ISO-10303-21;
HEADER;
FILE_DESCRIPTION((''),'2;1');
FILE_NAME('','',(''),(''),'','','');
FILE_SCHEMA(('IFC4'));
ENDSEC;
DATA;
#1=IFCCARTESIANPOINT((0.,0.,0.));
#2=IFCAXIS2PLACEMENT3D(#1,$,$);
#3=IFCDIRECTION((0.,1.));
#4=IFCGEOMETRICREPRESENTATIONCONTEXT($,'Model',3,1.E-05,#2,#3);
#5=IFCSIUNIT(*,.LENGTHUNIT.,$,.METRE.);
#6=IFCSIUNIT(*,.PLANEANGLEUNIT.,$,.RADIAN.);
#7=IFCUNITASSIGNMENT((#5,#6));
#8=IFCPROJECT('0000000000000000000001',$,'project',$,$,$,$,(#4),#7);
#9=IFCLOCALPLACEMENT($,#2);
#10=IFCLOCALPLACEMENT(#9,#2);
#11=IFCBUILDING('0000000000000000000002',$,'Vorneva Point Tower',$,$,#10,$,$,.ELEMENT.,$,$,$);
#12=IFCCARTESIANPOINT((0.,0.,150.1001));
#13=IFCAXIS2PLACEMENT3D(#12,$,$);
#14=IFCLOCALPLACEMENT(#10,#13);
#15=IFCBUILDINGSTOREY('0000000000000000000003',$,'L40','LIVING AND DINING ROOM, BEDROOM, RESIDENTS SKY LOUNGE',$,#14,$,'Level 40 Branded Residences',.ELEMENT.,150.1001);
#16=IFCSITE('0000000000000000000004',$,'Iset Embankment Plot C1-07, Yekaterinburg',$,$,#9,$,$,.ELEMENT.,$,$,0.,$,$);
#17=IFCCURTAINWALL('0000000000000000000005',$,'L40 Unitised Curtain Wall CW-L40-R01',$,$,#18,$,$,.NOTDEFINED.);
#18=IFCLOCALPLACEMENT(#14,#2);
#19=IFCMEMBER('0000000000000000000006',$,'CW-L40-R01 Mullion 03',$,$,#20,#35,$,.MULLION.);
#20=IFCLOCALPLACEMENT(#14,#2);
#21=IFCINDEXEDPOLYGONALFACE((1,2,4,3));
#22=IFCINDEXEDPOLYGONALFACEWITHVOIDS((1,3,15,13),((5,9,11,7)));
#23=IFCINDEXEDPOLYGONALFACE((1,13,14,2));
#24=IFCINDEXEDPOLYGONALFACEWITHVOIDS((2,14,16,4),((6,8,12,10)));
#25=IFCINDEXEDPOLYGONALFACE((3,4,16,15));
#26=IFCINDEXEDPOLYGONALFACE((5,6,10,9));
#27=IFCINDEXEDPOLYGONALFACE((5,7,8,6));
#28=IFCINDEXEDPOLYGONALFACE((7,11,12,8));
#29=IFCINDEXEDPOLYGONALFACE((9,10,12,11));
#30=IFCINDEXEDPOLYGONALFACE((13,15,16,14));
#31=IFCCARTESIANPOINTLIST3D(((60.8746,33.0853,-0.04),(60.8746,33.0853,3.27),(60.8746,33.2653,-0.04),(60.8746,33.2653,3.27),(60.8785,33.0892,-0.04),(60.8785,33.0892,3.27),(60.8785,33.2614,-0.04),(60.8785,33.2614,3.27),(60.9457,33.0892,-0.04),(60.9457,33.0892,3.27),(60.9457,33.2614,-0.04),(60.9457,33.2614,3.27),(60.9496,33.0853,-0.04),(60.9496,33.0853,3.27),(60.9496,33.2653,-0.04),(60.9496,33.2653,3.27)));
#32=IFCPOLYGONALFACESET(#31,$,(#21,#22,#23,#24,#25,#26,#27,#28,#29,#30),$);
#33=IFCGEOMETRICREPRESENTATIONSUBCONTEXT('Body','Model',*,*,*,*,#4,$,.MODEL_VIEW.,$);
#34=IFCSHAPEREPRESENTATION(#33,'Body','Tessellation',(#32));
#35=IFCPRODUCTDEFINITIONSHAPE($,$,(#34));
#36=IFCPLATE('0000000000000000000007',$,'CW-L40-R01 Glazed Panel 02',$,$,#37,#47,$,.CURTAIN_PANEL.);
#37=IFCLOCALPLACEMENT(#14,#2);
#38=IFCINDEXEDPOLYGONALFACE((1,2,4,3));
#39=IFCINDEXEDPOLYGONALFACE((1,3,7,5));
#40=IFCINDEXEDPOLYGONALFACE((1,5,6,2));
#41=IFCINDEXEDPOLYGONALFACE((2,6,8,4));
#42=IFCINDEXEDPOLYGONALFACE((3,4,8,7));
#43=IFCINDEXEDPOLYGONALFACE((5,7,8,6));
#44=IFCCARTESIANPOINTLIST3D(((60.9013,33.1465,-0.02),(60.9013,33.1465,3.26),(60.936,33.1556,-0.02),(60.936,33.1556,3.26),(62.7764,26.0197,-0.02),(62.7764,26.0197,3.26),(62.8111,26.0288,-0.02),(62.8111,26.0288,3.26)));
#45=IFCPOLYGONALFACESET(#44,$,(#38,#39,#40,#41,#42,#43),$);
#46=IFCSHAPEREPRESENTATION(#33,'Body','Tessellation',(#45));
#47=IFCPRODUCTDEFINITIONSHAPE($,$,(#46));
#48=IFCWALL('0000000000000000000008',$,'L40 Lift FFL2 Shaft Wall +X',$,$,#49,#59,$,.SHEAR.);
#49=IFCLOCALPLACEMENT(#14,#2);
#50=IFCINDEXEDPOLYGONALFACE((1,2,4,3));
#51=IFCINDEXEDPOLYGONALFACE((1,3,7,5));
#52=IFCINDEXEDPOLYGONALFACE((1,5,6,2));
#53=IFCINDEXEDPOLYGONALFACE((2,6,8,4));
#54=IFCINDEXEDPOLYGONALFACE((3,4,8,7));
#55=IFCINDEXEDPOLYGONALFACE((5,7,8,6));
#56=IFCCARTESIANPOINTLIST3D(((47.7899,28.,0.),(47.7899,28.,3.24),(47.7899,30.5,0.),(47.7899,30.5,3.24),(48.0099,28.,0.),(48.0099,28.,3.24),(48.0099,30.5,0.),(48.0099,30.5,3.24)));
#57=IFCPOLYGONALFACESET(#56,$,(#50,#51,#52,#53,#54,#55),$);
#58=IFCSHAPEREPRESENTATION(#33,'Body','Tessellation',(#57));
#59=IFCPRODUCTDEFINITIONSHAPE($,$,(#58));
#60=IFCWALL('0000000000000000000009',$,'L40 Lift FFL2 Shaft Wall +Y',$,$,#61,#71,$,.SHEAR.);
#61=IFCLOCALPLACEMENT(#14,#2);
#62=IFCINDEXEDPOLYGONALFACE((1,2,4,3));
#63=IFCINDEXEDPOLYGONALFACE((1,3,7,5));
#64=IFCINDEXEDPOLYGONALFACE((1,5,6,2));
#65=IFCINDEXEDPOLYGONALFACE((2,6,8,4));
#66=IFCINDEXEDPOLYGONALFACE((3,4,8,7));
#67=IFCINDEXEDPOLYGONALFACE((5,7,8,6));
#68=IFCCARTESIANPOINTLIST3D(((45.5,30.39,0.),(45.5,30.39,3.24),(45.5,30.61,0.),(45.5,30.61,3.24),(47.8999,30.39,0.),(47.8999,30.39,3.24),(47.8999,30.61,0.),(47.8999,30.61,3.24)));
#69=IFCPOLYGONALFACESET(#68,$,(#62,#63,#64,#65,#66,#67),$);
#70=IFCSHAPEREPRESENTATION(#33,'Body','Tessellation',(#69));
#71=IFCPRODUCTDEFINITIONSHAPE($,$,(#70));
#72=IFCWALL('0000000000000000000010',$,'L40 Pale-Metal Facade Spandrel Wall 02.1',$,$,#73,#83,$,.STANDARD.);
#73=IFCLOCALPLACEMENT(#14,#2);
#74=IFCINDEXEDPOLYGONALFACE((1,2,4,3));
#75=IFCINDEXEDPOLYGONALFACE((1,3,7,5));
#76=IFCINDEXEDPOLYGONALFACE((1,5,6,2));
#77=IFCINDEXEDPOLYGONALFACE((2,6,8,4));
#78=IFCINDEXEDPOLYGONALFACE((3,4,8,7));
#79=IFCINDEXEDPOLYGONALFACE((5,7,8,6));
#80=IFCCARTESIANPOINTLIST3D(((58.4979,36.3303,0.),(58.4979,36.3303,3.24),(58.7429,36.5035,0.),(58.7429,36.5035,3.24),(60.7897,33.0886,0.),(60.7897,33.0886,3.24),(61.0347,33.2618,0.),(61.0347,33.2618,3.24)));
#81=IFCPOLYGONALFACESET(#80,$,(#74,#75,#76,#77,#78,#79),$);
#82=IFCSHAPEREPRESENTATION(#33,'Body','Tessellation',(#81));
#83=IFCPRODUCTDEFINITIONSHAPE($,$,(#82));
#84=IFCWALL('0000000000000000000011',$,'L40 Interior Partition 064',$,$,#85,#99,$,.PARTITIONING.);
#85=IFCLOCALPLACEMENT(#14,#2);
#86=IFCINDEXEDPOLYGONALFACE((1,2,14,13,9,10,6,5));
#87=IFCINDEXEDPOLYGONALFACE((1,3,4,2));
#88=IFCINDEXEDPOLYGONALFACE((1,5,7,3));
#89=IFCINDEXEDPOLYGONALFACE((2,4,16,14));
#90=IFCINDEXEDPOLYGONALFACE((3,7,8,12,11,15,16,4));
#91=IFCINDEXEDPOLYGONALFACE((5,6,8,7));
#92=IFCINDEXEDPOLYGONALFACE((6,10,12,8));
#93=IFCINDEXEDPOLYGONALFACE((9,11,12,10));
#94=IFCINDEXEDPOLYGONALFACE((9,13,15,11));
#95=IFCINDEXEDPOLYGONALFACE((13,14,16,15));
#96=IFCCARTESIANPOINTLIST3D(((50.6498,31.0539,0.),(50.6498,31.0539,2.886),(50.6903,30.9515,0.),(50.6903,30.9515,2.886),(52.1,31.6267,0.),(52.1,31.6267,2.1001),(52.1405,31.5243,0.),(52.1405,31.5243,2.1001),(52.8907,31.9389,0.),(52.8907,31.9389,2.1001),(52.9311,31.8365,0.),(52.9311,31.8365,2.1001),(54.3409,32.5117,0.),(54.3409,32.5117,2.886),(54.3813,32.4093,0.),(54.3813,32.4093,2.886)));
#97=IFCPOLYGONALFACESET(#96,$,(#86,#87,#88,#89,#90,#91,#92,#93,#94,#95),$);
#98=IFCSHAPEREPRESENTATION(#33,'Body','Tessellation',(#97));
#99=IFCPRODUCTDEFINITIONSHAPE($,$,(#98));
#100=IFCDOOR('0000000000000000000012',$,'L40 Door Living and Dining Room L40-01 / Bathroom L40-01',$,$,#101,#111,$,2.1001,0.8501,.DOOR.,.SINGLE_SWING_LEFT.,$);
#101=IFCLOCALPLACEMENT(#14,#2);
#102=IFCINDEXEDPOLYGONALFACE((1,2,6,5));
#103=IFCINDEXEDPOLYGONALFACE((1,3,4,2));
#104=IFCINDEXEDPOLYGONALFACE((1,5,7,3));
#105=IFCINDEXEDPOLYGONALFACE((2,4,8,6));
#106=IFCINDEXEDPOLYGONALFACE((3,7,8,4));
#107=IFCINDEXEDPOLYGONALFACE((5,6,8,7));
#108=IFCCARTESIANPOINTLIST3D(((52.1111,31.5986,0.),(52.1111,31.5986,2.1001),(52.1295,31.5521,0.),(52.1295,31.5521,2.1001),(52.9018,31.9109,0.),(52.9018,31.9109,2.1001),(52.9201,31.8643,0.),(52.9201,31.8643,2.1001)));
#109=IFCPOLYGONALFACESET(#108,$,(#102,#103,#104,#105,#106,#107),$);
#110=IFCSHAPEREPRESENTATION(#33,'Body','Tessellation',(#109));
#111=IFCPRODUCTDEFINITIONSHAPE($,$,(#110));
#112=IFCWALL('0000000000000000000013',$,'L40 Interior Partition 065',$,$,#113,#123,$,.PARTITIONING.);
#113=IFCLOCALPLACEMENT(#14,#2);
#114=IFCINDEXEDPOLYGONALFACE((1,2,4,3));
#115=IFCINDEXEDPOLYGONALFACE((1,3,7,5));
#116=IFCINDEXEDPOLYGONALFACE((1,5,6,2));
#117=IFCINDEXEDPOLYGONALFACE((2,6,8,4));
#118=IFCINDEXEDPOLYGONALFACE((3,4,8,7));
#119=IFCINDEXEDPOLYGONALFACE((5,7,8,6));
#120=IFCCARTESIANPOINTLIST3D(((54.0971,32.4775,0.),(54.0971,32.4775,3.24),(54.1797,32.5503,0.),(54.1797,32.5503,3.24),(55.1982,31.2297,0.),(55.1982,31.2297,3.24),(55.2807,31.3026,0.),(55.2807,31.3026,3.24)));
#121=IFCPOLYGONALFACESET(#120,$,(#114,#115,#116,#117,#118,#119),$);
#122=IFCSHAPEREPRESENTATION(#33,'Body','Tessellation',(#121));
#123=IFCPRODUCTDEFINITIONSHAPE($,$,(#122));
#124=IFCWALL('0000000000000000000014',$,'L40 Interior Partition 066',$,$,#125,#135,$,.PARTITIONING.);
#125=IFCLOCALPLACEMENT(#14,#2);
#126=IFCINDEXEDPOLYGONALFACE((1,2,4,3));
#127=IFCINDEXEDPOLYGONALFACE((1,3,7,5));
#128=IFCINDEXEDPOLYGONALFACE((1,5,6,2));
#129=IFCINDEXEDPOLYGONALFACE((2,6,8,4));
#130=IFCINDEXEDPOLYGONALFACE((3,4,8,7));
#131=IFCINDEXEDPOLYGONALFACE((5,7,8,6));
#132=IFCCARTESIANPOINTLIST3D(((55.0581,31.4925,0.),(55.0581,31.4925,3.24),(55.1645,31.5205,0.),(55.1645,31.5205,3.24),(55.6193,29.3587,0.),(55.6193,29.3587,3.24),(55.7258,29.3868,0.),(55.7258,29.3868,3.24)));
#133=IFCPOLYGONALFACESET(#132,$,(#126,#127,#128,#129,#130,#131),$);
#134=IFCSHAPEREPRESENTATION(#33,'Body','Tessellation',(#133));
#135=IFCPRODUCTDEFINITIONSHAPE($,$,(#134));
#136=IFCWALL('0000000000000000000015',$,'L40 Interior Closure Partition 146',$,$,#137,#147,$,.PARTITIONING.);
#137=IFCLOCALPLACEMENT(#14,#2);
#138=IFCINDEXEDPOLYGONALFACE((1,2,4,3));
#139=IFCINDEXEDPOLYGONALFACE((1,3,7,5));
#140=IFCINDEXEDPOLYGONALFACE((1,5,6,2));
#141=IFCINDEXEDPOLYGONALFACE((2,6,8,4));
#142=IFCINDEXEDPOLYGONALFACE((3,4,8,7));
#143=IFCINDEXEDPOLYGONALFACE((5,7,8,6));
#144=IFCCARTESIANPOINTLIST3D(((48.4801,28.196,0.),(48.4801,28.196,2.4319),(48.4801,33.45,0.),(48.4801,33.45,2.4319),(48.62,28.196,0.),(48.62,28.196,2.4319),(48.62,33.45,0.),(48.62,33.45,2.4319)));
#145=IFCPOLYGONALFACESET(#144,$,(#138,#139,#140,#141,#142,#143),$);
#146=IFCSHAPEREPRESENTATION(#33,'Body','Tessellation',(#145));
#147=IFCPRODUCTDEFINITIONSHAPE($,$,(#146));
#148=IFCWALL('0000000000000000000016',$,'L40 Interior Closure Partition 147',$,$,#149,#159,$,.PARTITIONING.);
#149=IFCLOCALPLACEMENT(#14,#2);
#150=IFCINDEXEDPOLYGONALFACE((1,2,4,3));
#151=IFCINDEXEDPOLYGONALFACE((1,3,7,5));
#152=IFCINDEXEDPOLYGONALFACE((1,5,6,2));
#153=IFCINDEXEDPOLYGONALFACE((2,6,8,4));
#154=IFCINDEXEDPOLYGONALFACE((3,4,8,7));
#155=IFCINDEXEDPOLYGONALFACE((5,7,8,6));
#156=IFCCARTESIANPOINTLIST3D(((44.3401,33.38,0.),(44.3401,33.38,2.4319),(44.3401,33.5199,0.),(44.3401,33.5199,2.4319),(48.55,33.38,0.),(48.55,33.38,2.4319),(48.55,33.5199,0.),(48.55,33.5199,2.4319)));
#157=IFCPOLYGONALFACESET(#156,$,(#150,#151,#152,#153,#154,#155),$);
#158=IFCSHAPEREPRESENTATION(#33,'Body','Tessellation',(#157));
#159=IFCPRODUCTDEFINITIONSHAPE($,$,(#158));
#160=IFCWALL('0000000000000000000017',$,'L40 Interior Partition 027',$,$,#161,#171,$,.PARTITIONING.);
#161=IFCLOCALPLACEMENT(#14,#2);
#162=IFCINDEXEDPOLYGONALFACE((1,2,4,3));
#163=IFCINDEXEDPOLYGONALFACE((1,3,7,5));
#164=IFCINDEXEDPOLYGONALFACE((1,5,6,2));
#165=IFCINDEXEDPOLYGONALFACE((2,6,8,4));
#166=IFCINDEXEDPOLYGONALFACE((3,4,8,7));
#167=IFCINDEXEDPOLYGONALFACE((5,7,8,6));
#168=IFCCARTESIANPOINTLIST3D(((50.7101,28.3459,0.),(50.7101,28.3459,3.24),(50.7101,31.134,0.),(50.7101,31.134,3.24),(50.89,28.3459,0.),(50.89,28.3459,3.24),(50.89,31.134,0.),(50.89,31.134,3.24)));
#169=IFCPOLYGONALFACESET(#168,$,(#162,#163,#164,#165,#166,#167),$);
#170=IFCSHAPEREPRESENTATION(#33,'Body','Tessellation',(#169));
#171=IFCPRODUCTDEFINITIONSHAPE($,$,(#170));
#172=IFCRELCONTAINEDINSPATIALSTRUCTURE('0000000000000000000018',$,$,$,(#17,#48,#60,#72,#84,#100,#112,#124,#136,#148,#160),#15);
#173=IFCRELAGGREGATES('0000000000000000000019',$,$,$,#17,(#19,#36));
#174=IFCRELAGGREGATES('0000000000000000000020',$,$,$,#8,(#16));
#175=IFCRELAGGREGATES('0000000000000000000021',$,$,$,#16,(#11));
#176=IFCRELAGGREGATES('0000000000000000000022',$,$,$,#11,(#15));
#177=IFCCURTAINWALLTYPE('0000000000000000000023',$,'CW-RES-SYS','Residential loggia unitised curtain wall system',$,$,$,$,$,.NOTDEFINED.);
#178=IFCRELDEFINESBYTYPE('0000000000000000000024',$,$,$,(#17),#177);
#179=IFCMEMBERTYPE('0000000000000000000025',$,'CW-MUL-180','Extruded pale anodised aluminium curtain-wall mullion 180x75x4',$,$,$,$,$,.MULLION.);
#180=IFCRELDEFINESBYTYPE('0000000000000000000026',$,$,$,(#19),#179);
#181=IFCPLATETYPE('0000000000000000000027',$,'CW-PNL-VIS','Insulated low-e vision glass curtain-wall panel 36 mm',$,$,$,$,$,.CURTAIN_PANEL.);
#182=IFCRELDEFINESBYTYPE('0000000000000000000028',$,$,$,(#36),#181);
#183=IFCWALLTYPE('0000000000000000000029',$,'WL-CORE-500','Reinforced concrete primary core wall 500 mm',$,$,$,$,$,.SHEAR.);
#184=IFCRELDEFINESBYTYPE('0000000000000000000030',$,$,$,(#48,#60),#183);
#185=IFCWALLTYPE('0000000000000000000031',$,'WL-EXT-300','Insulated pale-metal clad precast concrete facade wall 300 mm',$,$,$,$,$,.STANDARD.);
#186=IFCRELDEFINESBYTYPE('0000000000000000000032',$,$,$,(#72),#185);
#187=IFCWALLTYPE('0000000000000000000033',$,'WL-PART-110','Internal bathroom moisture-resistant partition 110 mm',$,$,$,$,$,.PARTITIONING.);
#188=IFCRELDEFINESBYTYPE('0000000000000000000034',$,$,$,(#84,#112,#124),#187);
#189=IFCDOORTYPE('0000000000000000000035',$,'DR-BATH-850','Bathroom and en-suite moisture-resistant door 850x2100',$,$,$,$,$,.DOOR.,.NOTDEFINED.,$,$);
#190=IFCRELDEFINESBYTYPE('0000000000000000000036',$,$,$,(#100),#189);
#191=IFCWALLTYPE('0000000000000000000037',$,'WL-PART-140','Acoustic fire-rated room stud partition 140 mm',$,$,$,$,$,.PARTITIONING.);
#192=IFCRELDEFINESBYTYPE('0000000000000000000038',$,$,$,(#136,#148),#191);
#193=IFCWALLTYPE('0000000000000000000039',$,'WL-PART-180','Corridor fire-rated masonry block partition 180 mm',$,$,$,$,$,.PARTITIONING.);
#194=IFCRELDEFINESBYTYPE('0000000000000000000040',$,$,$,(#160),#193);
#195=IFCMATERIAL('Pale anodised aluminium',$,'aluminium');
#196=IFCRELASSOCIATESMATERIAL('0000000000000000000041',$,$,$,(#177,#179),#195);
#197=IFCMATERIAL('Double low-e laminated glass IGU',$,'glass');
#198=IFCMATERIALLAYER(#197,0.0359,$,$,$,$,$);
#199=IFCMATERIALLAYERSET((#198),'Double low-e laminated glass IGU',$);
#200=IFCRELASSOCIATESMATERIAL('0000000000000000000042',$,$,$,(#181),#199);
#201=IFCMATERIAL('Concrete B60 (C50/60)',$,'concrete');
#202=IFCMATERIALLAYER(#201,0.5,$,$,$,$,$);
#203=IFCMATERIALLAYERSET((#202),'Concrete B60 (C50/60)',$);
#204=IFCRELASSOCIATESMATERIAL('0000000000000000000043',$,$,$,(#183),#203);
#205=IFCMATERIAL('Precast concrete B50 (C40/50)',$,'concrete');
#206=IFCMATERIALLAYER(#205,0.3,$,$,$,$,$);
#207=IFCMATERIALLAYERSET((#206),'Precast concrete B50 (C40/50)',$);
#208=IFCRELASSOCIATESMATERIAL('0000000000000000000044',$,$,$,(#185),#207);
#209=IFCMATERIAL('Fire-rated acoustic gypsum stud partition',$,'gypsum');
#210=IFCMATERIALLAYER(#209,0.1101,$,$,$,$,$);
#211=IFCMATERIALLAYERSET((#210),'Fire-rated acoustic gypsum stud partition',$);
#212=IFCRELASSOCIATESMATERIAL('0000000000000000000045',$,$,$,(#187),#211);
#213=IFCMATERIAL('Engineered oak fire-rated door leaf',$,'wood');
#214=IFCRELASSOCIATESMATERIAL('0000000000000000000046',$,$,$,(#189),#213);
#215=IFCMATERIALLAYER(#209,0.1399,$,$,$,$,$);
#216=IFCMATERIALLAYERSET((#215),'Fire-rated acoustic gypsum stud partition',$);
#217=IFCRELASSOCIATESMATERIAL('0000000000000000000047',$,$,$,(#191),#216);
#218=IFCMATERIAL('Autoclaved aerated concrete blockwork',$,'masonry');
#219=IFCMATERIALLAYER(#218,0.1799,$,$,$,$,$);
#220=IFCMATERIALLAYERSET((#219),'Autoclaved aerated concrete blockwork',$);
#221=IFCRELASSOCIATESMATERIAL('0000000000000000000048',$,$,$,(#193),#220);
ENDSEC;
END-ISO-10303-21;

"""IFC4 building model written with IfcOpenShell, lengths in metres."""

from ifc_helpers import new_model, si_unit, direction, frame, frame_2d, origin, origin_2d, place, context, subcontext, project, spatial, rectangle, hollow_rectangle, extrude, material, layer, layer_set, material_profile, profile_set, type_object, element, fill, aggregate, save


model = new_model("IFC4")

# Units and contexts
model_context = context("Model", 3, precision=1e-05, world=origin(), true_north=direction((0.0, 1.0)))
body_context = subcontext(model_context, "Body", "Model", "MODEL_VIEW")
ifc_project = project(units=[si_unit("LENGTHUNIT", "METRE"), si_unit("PLANEANGLEUNIT", "RADIAN")], contexts=[model_context])

# Site, building, storey
site_placement = place(None, origin())
site = spatial("IfcSite", under=ifc_project, at=site_placement, Name="Iset Embankment Plot C1-07, Yekaterinburg", CompositionType="ELEMENT", RefElevation=0.0)
building_placement = place(site_placement, origin())
building = spatial("IfcBuilding", under=site, at=building_placement, Name="Vorneva Point Tower", CompositionType="ELEMENT")
storey_placement = place(building_placement, frame((0.0, 0.0, 150.1001)))
storey = spatial("IfcBuildingStorey", under=building, at=storey_placement, Name="L40", Description="LIVING AND DINING ROOM, BEDROOM, RESIDENTS SKY LOUNGE", LongName="Level 40 Branded Residences", CompositionType="ELEMENT", Elevation=150.1001)

# Shared definitions
ifc_material_1 = material(Name="Concrete B60 (C50/60)", Category="concrete")

# Curtain wall, member, plate
ifc_material_2 = material(Name="Pale anodised aluminium", Category="aluminium")
curtain_wall_type = type_object("IfcCurtainWallType", Name="CW-RES-SYS", Description="Residential loggia unitised curtain wall system", PredefinedType="NOTDEFINED", material=ifc_material_2)
curtain_wall_placement = place(storey_placement, origin())
curtain_wall = element("IfcCurtainWall", 1, at=curtain_wall_placement, inside=storey, type_object=curtain_wall_type, Name="L40 Unitised Curtain Wall CW-L40-R01", PredefinedType="NOTDEFINED")
ifc_material_profile_1 = material_profile(ifc_material_2, hollow_rectangle(XDim=0.075, YDim=0.1799, WallThickness=0.0039, at=origin_2d()), Name="AL-MUL 180x75x4")
ifc_profile_set_1 = profile_set([ifc_material_profile_1], Name="Pale anodised aluminium")
member_type = type_object("IfcMemberType", Name="CW-MUL-180", Description="Extruded pale anodised aluminium curtain-wall mullion 180x75x4", PredefinedType="MULLION", material=ifc_profile_set_1)
member_placement = place(storey_placement, frame((60.9121, 33.1753, -0.04), z_axis=(0.0, 0.0, 1.0), x_axis=(1.0, 0.0, 0.0)))
member = element("IfcMember", 2, at=member_placement, type_object=member_type, Name="CW-L40-R01 Mullion 03", PredefinedType="MULLION", context=body_context, shape_type="SweptSolid", body=[
    extrude(hollow_rectangle(XDim=0.075, YDim=0.1799, WallThickness=0.0039, at=origin_2d()), origin(), (0.0, 0.0, 1.0), 3.3101),
])
ifc_material_3 = material(Name="Double low-e laminated glass IGU", Category="glass")
ifc_layer_1 = layer(ifc_material_3, 0.0359)
ifc_layer_set_1 = layer_set([ifc_layer_1], Name="Double low-e laminated glass IGU")
plate_type = type_object("IfcPlateType", Name="CW-PNL-VIS", Description="Insulated low-e vision glass curtain-wall panel 36 mm", PredefinedType="CURTAIN_PANEL", material=ifc_layer_set_1)
plate_placement = place(storey_placement, frame((61.8562, 29.5876, -0.02), z_axis=(0.0, 0.0, 1.0), x_axis=(-0.254433, 0.96709, 0.0)))
plate = element("IfcPlate", 3, at=plate_placement, type_object=plate_type, Name="CW-L40-R01 Glazed Panel 02", PredefinedType="CURTAIN_PANEL", context=body_context, shape_type="SweptSolid", body=[
    extrude(rectangle(XDim=7.3694, YDim=0.0359, at=origin_2d()), origin(), (0.0, 0.0, 1.0), 3.28),
])
aggregate(curtain_wall, [member, plate])

# Walls
ifc_layer_2 = layer(ifc_material_1, 0.5)
ifc_layer_set_2 = layer_set([ifc_layer_2], Name="Concrete B60 (C50/60)")
wall_type_1 = type_object("IfcWallType", Name="WL-CORE-500", Description="Reinforced concrete primary core wall 500 mm", PredefinedType="SHEAR", material=ifc_layer_set_2)
wall_1_placement = place(storey_placement, frame((47.8999, 28.0, 0.0), z_axis=(0.0, 0.0, 1.0), x_axis=(0.0, 1.0, 0.0)))
element("IfcWall", 4, at=wall_1_placement, inside=storey, type_object=wall_type_1, Name="L40 Lift FFL2 Shaft Wall +X", PredefinedType="SHEAR", context=body_context, shape_type="SweptSolid", body=[
    extrude(rectangle(XDim=2.5, YDim=0.22, at=frame_2d((1.25, 0.0))), origin(), (0.0, 0.0, 1.0), 3.24),
])
wall_2_placement = place(storey_placement, frame((47.8999, 30.5, 0.0), z_axis=(0.0, 0.0, 1.0), x_axis=(-1.0, 0.0, 0.0)))
element("IfcWall", 5, at=wall_2_placement, inside=storey, type_object=wall_type_1, Name="L40 Lift FFL2 Shaft Wall +Y", PredefinedType="SHEAR", context=body_context, shape_type="SweptSolid", body=[
    extrude(rectangle(XDim=2.3999, YDim=0.22, at=frame_2d((1.2, 0.0))), origin(), (0.0, 0.0, 1.0), 3.24),
])
ifc_material_4 = material(Name="Precast concrete B50 (C40/50)", Category="concrete")
ifc_layer_3 = layer(ifc_material_4, 0.3)
ifc_layer_set_3 = layer_set([ifc_layer_3], Name="Precast concrete B50 (C40/50)")
wall_type_2 = type_object("IfcWallType", Name="WL-EXT-300", Description="Insulated pale-metal clad precast concrete facade wall 300 mm", PredefinedType="STANDARD", material=ifc_layer_set_3)
wall_3_placement = place(storey_placement, frame((60.9121, 33.1753, 0.0), z_axis=(0.0, 0.0, 1.0), x_axis=(-0.57727, 0.816554, 0.0)))
element("IfcWall", 6, at=wall_3_placement, inside=storey, type_object=wall_type_2, Name="L40 Pale-Metal Facade Spandrel Wall 02.1", PredefinedType="STANDARD", context=body_context, shape_type="SweptSolid", body=[
    extrude(rectangle(XDim=3.97, YDim=0.3, at=frame_2d((1.9849, 0.0))), origin(), (0.0, 0.0, 1.0), 3.24),
])

# Wall, opening, door
ifc_material_5 = material(Name="Fire-rated acoustic gypsum stud partition", Category="gypsum")
ifc_layer_4 = layer(ifc_material_5, 0.1101)
ifc_layer_set_4 = layer_set([ifc_layer_4], Name="Fire-rated acoustic gypsum stud partition")
wall_type_3 = type_object("IfcWallType", Name="WL-PART-110", Description="Internal bathroom moisture-resistant partition 110 mm", PredefinedType="PARTITIONING", material=ifc_layer_set_4)
wall_4_placement = place(storey_placement, frame((50.6699, 31.0027, 0.0), z_axis=(0.0, 0.0, 1.0), x_axis=(0.930093, 0.367325, 0.0)))
wall_4 = element("IfcWall", 7, at=wall_4_placement, inside=storey, type_object=wall_type_3, Name="L40 Interior Partition 064", PredefinedType="PARTITIONING", context=body_context, shape_type="SweptSolid", body=[
    extrude(rectangle(XDim=3.9685, YDim=0.1101, at=frame_2d((1.9844, 0.0))), origin(), (0.0, 0.0, 1.0), 2.886),
])
opening_1_placement = place(wall_4_placement, frame((1.5593, 0.0, 0.0)))
opening_1 = element("IfcOpeningElement", 8, at=opening_1_placement, cuts=wall_4, PredefinedType="OPENING", context=body_context, shape_type="SweptSolid", body=[
    extrude(rectangle(XDim=0.8501, YDim=2.1001, at=frame_2d((0.425, 1.05))), frame((0.0, 0.0698, 0.0), z_axis=(0.0, -1.0, 0.0), x_axis=(1.0, 0.0, 0.0)), (0.0, 0.0, 1.0), 0.1399),
])
ifc_material_6 = material(Name="Engineered oak fire-rated door leaf", Category="wood")
door_type_1 = type_object("IfcDoorType", Name="DR-BATH-850", Description="Bathroom and en-suite moisture-resistant door 850x2100", OperationType="NOTDEFINED", PredefinedType="DOOR", material=ifc_material_6)
door_1_placement = place(opening_1_placement, origin())
door_1 = element("IfcDoor", 9, at=door_1_placement, inside=storey, type_object=door_type_1, Name="L40 Door Living and Dining Room L40-01 / Bathroom L40-01", OperationType="SINGLE_SWING_LEFT", OverallHeight=2.1001, OverallWidth=0.8501, PredefinedType="DOOR", context=body_context, shape_type="SweptSolid", body=[
    extrude(rectangle(XDim=0.8501, YDim=2.1001, at=frame_2d((0.425, 1.05))), frame((0.0, 0.0249, 0.0), z_axis=(0.0, -1.0, 0.0), x_axis=(1.0, 0.0, 0.0)), (0.0, 0.0, 1.0), 0.05),
])
fill(opening_1, door_1)

# Walls
wall_5_placement = place(storey_placement, frame((54.1384, 32.5139, 0.0), z_axis=(0.0, 0.0, 1.0), x_axis=(0.661646, -0.749816, 0.0)))
element("IfcWall", 10, at=wall_5_placement, inside=storey, type_object=wall_type_3, Name="L40 Interior Partition 065", PredefinedType="PARTITIONING", context=body_context, shape_type="SweptSolid", body=[
    extrude(rectangle(XDim=1.6641, YDim=0.1101, at=frame_2d((0.832, 0.0))), origin(), (0.0, 0.0, 1.0), 3.24),
])
wall_6_placement = place(storey_placement, frame((55.1113, 31.5063, 0.0), z_axis=(0.0, 0.0, 1.0), x_axis=(0.25439, -0.967102, 0.0)))
element("IfcWall", 11, at=wall_6_placement, inside=storey, type_object=wall_type_3, Name="L40 Interior Partition 066", PredefinedType="PARTITIONING", context=body_context, shape_type="SweptSolid", body=[
    extrude(rectangle(XDim=2.2063, YDim=0.1101, at=frame_2d((1.103, 0.0))), origin(), (0.0, 0.0, 1.0), 3.24),
])
ifc_layer_5 = layer(ifc_material_5, 0.1399)
ifc_layer_set_5 = layer_set([ifc_layer_5], Name="Fire-rated acoustic gypsum stud partition")
wall_type_4 = type_object("IfcWallType", Name="WL-PART-140", Description="Acoustic fire-rated room stud partition 140 mm", PredefinedType="PARTITIONING", material=ifc_layer_set_5)
wall_7_placement = place(storey_placement, frame((48.55, 28.196, 0.0), z_axis=(0.0, 0.0, 1.0), x_axis=(0.0, 1.0, 0.0)))
element("IfcWall", 12, at=wall_7_placement, inside=storey, type_object=wall_type_4, Name="L40 Interior Closure Partition 146", PredefinedType="PARTITIONING", context=body_context, shape_type="SweptSolid", body=[
    extrude(rectangle(XDim=5.2539, YDim=0.1399, at=frame_2d((2.627, 0.0))), origin(), (0.0, 0.0, 1.0), 2.4319),
])
wall_8_placement = place(storey_placement, frame((48.55, 33.45, 0.0), z_axis=(0.0, 0.0, 1.0), x_axis=(-1.0, 0.0, 0.0)))
element("IfcWall", 13, at=wall_8_placement, inside=storey, type_object=wall_type_4, Name="L40 Interior Closure Partition 147", PredefinedType="PARTITIONING", context=body_context, shape_type="SweptSolid", body=[
    extrude(rectangle(XDim=4.21, YDim=0.1399, at=frame_2d((2.105, 0.0))), origin(), (0.0, 0.0, 1.0), 2.4319),
])

# Shared definitions
ifc_material_7 = material(Name="Autoclaved aerated concrete blockwork", Category="masonry")
ifc_layer_6 = layer(ifc_material_7, 0.1799)
ifc_layer_set_6 = layer_set([ifc_layer_6], Name="Autoclaved aerated concrete blockwork")
wall_type_5 = type_object("IfcWallType", Name="WL-PART-180", Description="Corridor fire-rated masonry block partition 180 mm", PredefinedType="PARTITIONING", material=ifc_layer_set_6)

# Wall
wall_9_placement = place(storey_placement, frame((50.8, 28.3459, 0.0), z_axis=(0.0, 0.0, 1.0), x_axis=(0.0, 1.0, 0.0)))
element("IfcWall", 14, at=wall_9_placement, inside=storey, type_object=wall_type_5, Name="L40 Interior Partition 027", PredefinedType="PARTITIONING", context=body_context, shape_type="SweptSolid", body=[
    extrude(rectangle(XDim=2.7881, YDim=0.1799, at=frame_2d((1.394, 0.0))), origin(), (0.0, 0.0, 1.0), 3.24),
])

save(model, "model.ifc")
